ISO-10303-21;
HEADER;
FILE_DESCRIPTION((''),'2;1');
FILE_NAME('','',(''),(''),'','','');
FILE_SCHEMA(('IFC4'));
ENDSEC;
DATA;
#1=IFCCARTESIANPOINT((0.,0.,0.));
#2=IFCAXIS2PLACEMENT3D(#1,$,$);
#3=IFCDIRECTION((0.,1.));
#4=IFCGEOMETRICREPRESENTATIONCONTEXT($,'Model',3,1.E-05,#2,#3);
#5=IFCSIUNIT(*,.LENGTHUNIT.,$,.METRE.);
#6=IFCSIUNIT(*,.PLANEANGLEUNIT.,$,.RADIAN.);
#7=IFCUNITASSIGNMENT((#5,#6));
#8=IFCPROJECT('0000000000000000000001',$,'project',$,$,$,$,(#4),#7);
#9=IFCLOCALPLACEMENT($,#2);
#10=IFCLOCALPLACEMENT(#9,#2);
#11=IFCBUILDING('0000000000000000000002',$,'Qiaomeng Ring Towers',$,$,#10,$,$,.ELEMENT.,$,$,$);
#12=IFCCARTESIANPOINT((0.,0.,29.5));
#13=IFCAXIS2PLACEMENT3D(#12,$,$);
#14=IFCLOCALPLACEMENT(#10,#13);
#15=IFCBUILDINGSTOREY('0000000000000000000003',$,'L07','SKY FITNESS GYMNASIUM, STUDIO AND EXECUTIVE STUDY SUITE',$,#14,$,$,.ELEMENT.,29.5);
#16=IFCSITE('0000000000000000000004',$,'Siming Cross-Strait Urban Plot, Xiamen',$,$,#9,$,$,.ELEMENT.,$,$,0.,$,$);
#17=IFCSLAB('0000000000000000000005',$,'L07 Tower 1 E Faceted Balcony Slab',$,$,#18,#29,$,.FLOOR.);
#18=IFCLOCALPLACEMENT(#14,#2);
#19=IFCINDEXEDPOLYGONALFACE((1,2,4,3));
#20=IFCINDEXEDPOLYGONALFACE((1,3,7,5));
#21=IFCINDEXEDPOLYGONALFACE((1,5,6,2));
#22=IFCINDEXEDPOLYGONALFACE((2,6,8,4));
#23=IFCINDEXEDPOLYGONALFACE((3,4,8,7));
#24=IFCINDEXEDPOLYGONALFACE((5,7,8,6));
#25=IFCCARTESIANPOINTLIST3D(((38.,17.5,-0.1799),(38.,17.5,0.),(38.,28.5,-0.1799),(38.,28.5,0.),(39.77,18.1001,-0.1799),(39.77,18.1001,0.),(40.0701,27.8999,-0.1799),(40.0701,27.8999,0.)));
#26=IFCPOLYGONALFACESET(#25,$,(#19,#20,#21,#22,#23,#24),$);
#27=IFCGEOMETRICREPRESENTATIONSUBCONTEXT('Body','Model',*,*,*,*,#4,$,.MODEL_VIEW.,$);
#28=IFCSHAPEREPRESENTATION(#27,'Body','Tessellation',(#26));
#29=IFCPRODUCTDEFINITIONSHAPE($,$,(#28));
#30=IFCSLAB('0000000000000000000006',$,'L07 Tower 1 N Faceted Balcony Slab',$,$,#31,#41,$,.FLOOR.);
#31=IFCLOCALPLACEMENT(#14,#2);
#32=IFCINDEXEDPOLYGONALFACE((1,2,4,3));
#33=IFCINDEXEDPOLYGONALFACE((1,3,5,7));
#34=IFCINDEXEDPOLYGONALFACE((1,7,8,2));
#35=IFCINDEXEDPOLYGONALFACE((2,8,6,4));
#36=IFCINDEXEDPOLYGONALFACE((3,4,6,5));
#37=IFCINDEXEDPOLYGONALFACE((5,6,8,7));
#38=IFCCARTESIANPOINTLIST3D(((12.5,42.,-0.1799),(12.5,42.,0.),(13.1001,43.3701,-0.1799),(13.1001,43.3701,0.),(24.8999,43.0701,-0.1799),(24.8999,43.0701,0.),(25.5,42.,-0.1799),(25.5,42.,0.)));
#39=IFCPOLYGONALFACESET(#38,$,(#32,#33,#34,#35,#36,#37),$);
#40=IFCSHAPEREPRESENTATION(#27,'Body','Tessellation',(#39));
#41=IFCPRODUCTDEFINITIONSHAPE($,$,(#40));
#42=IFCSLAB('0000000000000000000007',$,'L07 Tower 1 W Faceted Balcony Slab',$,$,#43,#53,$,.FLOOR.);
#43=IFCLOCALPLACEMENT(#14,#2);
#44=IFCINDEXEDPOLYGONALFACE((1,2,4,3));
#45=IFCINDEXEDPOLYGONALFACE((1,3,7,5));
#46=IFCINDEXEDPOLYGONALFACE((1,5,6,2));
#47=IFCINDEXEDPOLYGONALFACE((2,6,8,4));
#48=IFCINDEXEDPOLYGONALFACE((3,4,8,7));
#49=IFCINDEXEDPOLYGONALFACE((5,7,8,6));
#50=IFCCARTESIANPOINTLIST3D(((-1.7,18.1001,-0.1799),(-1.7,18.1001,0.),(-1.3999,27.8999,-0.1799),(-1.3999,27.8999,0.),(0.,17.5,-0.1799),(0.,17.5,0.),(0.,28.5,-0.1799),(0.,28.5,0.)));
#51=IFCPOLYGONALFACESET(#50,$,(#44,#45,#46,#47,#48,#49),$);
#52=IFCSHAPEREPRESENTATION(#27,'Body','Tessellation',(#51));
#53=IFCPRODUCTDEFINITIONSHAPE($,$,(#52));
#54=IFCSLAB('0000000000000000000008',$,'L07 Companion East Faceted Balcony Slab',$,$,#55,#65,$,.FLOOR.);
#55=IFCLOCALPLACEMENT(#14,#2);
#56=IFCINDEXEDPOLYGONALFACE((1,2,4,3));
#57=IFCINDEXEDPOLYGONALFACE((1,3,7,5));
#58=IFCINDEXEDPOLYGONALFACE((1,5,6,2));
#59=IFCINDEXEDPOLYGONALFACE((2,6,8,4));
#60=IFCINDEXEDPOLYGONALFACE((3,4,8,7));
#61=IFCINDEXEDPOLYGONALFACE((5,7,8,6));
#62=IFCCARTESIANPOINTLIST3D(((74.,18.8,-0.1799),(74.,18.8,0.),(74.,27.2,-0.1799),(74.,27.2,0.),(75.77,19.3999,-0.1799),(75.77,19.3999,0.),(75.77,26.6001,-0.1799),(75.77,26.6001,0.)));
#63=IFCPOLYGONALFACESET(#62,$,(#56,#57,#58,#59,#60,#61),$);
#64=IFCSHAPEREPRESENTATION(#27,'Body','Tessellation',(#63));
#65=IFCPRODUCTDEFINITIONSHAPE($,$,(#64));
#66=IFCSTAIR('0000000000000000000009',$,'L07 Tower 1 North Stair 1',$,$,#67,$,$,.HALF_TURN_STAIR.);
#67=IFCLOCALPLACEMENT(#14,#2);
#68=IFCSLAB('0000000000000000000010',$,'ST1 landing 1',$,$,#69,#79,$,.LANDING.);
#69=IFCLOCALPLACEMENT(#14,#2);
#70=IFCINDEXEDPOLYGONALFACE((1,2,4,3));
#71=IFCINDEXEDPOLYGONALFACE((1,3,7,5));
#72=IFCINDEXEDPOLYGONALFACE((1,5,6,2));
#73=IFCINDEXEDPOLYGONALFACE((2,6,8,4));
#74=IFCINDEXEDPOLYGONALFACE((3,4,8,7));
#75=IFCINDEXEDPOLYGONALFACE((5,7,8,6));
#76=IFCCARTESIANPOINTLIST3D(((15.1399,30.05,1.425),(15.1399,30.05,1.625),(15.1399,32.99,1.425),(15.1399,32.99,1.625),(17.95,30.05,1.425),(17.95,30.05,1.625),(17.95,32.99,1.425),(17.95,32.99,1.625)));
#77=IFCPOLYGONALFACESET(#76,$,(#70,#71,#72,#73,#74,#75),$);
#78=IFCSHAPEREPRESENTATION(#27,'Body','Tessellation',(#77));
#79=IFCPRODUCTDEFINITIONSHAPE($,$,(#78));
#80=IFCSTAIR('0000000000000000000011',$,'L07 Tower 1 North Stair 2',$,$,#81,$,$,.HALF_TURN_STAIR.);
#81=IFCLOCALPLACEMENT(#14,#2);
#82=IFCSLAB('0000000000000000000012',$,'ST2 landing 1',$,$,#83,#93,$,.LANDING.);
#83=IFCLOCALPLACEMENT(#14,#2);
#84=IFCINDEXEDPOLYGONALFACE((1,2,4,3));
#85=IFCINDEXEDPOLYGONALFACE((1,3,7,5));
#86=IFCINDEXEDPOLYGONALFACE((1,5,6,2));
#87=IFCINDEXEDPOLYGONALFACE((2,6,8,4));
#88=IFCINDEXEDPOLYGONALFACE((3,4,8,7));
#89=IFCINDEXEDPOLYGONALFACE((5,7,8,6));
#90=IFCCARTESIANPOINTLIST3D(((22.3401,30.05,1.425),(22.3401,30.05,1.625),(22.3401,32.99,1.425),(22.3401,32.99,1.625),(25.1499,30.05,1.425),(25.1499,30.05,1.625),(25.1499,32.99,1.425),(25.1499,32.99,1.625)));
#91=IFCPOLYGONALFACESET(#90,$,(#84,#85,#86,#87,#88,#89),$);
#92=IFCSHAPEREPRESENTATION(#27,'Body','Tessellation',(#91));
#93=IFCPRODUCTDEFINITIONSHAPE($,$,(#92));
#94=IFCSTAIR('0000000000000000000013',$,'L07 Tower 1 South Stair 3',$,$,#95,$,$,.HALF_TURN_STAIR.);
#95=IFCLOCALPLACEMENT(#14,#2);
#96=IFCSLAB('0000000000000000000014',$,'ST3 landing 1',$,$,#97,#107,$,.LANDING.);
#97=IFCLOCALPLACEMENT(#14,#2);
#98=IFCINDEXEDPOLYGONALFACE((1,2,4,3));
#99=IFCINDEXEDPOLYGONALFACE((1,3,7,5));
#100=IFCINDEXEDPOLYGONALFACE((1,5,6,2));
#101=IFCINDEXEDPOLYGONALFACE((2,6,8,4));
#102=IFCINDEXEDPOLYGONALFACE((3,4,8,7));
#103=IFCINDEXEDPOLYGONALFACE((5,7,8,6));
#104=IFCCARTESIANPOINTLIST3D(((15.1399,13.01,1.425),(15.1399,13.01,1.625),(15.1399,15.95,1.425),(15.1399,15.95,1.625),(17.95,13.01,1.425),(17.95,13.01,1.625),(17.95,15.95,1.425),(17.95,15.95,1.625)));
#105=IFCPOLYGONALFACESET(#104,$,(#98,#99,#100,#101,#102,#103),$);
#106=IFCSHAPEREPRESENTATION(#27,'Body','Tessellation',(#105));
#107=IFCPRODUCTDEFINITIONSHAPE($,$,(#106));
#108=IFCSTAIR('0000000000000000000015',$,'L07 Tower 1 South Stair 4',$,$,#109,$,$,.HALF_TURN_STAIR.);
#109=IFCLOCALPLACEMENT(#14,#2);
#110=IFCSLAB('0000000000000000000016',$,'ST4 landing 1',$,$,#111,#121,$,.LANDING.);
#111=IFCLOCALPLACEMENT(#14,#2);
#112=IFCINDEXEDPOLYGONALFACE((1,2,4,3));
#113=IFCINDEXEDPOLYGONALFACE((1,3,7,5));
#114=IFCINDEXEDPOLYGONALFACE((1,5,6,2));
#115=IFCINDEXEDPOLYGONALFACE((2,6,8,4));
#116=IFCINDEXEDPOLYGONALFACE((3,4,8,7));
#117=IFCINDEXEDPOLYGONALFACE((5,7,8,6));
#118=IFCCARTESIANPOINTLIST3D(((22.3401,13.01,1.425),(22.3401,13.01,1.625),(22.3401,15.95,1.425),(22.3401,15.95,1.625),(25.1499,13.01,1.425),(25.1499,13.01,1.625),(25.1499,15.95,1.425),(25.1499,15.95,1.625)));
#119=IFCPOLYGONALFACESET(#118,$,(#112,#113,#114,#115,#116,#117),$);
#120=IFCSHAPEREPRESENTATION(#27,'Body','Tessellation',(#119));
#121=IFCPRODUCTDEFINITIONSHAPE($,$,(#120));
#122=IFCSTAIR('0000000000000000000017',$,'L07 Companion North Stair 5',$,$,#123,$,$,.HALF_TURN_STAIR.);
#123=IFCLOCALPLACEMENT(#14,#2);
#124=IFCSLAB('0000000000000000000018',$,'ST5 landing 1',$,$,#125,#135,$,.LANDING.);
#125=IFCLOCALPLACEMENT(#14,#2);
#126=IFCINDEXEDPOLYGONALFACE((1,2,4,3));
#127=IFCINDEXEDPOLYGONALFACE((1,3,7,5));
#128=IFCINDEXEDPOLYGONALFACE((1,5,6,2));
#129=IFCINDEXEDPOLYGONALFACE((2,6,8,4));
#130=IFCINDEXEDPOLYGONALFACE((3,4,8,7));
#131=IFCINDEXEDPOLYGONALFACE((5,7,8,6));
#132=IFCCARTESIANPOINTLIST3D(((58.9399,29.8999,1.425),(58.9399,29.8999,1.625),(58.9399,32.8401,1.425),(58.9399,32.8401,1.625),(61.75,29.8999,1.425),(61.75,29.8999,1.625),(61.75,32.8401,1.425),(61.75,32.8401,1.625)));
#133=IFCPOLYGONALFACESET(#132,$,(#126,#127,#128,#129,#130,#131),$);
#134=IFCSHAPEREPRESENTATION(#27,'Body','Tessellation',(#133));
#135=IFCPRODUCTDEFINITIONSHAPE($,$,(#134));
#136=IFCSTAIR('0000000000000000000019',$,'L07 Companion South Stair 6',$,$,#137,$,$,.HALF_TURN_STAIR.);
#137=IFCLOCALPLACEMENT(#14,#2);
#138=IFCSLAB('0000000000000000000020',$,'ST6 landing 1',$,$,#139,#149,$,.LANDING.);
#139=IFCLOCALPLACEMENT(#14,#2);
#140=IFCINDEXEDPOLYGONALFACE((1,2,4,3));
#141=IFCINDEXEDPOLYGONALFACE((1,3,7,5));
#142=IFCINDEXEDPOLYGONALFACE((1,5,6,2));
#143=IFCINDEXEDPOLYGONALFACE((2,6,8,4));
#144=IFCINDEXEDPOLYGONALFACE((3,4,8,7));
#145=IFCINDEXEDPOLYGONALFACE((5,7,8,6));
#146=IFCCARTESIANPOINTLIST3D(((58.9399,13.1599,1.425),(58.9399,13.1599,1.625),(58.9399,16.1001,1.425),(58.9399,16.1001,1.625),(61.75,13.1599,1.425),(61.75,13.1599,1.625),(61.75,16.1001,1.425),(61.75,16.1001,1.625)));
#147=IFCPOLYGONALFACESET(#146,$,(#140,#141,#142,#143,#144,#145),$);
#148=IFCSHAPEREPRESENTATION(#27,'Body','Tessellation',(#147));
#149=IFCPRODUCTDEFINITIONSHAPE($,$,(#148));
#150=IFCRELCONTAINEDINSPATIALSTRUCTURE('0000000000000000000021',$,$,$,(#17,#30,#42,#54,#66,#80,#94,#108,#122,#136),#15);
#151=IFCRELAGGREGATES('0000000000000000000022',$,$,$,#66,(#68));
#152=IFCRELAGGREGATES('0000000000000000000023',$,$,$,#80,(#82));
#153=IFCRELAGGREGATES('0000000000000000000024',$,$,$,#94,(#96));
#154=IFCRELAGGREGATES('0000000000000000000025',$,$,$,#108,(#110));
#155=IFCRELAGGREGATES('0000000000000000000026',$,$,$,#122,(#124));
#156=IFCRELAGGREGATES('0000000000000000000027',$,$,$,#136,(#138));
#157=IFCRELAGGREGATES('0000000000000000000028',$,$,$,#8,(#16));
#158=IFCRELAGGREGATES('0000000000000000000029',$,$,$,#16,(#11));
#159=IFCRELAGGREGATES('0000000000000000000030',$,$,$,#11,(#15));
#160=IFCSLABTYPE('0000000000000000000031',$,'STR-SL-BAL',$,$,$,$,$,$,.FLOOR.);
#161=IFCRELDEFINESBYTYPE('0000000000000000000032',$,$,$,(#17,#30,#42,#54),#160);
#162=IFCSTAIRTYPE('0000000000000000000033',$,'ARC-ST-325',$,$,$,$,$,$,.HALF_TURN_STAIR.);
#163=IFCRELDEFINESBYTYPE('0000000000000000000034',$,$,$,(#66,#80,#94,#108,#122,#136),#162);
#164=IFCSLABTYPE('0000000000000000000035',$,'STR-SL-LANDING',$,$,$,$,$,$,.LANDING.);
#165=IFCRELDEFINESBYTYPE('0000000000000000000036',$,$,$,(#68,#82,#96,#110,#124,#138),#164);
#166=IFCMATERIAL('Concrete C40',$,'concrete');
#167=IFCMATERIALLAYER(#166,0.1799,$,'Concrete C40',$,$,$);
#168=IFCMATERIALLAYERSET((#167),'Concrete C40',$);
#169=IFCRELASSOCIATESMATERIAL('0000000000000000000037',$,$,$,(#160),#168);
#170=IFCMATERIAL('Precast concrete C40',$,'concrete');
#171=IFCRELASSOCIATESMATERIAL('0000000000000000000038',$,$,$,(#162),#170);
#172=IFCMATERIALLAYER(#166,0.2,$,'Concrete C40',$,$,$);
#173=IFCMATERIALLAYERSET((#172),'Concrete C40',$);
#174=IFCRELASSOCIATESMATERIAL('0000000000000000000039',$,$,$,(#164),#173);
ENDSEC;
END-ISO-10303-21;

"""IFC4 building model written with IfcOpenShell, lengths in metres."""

from ifc_helpers import new_model, si_unit, direction, frame, origin, place, context, subcontext, project, spatial, polyline, outline, extrude, material, layer, layer_set, type_object, element, aggregate, save


model = new_model("IFC4")

# Units and contexts
model_context = context("Model", 3, precision=1e-05, world=origin(), true_north=direction((0.0, 1.0)))
body_context = subcontext(model_context, "Body", "Model", "MODEL_VIEW")
ifc_project = project(units=[si_unit("LENGTHUNIT", "METRE"), si_unit("PLANEANGLEUNIT", "RADIAN")], contexts=[model_context])

# Site, building, storey
site_placement = place(None, origin())
site = spatial("IfcSite", under=ifc_project, at=site_placement, Name="Siming Cross-Strait Urban Plot, Xiamen", CompositionType="ELEMENT", RefElevation=0.0)
building_placement = place(site_placement, origin())
building = spatial("IfcBuilding", under=site, at=building_placement, Name="Qiaomeng Ring Towers", CompositionType="ELEMENT")
storey_placement = place(building_placement, frame((0.0, 0.0, 29.5)))
storey = spatial("IfcBuildingStorey", under=building, at=storey_placement, Name="L07", Description="SKY FITNESS GYMNASIUM, STUDIO AND EXECUTIVE STUDY SUITE", CompositionType="ELEMENT", Elevation=29.5)

# Slabs
ifc_material_1 = material(Name="Concrete C40", Category="concrete")
ifc_layer_1 = layer(ifc_material_1, 0.1799, Name="Concrete C40")
ifc_layer_set_1 = layer_set([ifc_layer_1], Name="Concrete C40")
slab_type_1 = type_object("IfcSlabType", Name="STR-SL-BAL", PredefinedType="FLOOR", material=ifc_layer_set_1)
slab_1_placement = place(storey_placement, frame((0.0, 0.0, -0.1799)))
element("IfcSlab", 1, at=slab_1_placement, inside=storey, type_object=slab_type_1, Name="L07 Tower 1 E Faceted Balcony Slab", PredefinedType="FLOOR", context=body_context, shape_type="SweptSolid", body=[
    extrude(outline(polyline([(40.0701, 27.8999), (39.77, 18.1001), (38.0, 17.5), (38.0, 28.5), (40.0701, 27.8999)])), origin(), (0.0, 0.0, 1.0), 0.1799),
])
slab_2_placement = place(storey_placement, frame((0.0, 0.0, -0.1799)))
element("IfcSlab", 2, at=slab_2_placement, inside=storey, type_object=slab_type_1, Name="L07 Tower 1 N Faceted Balcony Slab", PredefinedType="FLOOR", context=body_context, shape_type="SweptSolid", body=[
    extrude(outline(polyline([(12.5, 42.0), (13.1001, 43.3701), (24.8999, 43.0701), (25.5, 42.0), (12.5, 42.0)])), origin(), (0.0, 0.0, 1.0), 0.1799),
])
slab_3_placement = place(storey_placement, frame((0.0, 0.0, -0.1799)))
element("IfcSlab", 3, at=slab_3_placement, inside=storey, type_object=slab_type_1, Name="L07 Tower 1 W Faceted Balcony Slab", PredefinedType="FLOOR", context=body_context, shape_type="SweptSolid", body=[
    extrude(outline(polyline([(0.0, 17.5), (-1.7, 18.1001), (-1.3999, 27.8999), (0.0, 28.5), (0.0, 17.5)])), origin(), (0.0, 0.0, 1.0), 0.1799),
])
slab_4_placement = place(storey_placement, frame((0.0, 0.0, -0.1799)))
element("IfcSlab", 4, at=slab_4_placement, inside=storey, type_object=slab_type_1, Name="L07 Companion East Faceted Balcony Slab", PredefinedType="FLOOR", context=body_context, shape_type="SweptSolid", body=[
    extrude(outline(polyline([(75.77, 26.6001), (75.77, 19.3999), (74.0, 18.8), (74.0, 27.2), (75.77, 26.6001)])), origin(), (0.0, 0.0, 1.0), 0.1799),
])

# Stairs, slabs
ifc_material_2 = material(Name="Precast concrete C40", Category="concrete")
stair_type = type_object("IfcStairType", Name="ARC-ST-325", PredefinedType="HALF_TURN_STAIR", material=ifc_material_2)
stair_1_placement = place(storey_placement, origin())
stair_1 = element("IfcStair", 5, at=stair_1_placement, inside=storey, type_object=stair_type, Name="L07 Tower 1 North Stair 1", PredefinedType="HALF_TURN_STAIR")
ifc_layer_2 = layer(ifc_material_1, 0.2, Name="Concrete C40")
ifc_layer_set_2 = layer_set([ifc_layer_2], Name="Concrete C40")
slab_type_2 = type_object("IfcSlabType", Name="STR-SL-LANDING", PredefinedType="LANDING", material=ifc_layer_set_2)
slab_5_placement = place(storey_placement, frame((0.0, 0.0, 1.425)))
slab_5 = element("IfcSlab", 6, at=slab_5_placement, type_object=slab_type_2, Name="ST1 landing 1", PredefinedType="LANDING", context=body_context, shape_type="SweptSolid", body=[
    extrude(outline(polyline([(15.1399, 30.05), (17.95, 30.05), (17.95, 32.99), (15.1399, 32.99), (15.1399, 30.05)])), origin(), (0.0, 0.0, 1.0), 0.2),
])
aggregate(stair_1, [slab_5])
stair_2_placement = place(storey_placement, origin())
stair_2 = element("IfcStair", 7, at=stair_2_placement, inside=storey, type_object=stair_type, Name="L07 Tower 1 North Stair 2", PredefinedType="HALF_TURN_STAIR")
slab_6_placement = place(storey_placement, frame((0.0, 0.0, 1.425)))
slab_6 = element("IfcSlab", 8, at=slab_6_placement, type_object=slab_type_2, Name="ST2 landing 1", PredefinedType="LANDING", context=body_context, shape_type="SweptSolid", body=[
    extrude(outline(polyline([(22.3401, 30.05), (25.1499, 30.05), (25.1499, 32.99), (22.3401, 32.99), (22.3401, 30.05)])), origin(), (0.0, 0.0, 1.0), 0.2),
])
aggregate(stair_2, [slab_6])
stair_3_placement = place(storey_placement, origin())
stair_3 = element("IfcStair", 9, at=stair_3_placement, inside=storey, type_object=stair_type, Name="L07 Tower 1 South Stair 3", PredefinedType="HALF_TURN_STAIR")
slab_7_placement = place(storey_placement, frame((0.0, 0.0, 1.425)))
slab_7 = element("IfcSlab", 10, at=slab_7_placement, type_object=slab_type_2, Name="ST3 landing 1", PredefinedType="LANDING", context=body_context, shape_type="SweptSolid", body=[
    extrude(outline(polyline([(15.1399, 13.01), (17.95, 13.01), (17.95, 15.95), (15.1399, 15.95), (15.1399, 13.01)])), origin(), (0.0, 0.0, 1.0), 0.2),
])
aggregate(stair_3, [slab_7])
stair_4_placement = place(storey_placement, origin())
stair_4 = element("IfcStair", 11, at=stair_4_placement, inside=storey, type_object=stair_type, Name="L07 Tower 1 South Stair 4", PredefinedType="HALF_TURN_STAIR")
slab_8_placement = place(storey_placement, frame((0.0, 0.0, 1.425)))
slab_8 = element("IfcSlab", 12, at=slab_8_placement, type_object=slab_type_2, Name="ST4 landing 1", PredefinedType="LANDING", context=body_context, shape_type="SweptSolid", body=[
    extrude(outline(polyline([(22.3401, 13.01), (25.1499, 13.01), (25.1499, 15.95), (22.3401, 15.95), (22.3401, 13.01)])), origin(), (0.0, 0.0, 1.0), 0.2),
])
aggregate(stair_4, [slab_8])
stair_5_placement = place(storey_placement, origin())
stair_5 = element("IfcStair", 13, at=stair_5_placement, inside=storey, type_object=stair_type, Name="L07 Companion North Stair 5", PredefinedType="HALF_TURN_STAIR")
slab_9_placement = place(storey_placement, frame((0.0, 0.0, 1.425)))
slab_9 = element("IfcSlab", 14, at=slab_9_placement, type_object=slab_type_2, Name="ST5 landing 1", PredefinedType="LANDING", context=body_context, shape_type="SweptSolid", body=[
    extrude(outline(polyline([(58.9399, 29.8999), (61.75, 29.8999), (61.75, 32.8401), (58.9399, 32.8401), (58.9399, 29.8999)])), origin(), (0.0, 0.0, 1.0), 0.2),
])
aggregate(stair_5, [slab_9])
stair_6_placement = place(storey_placement, origin())
stair_6 = element("IfcStair", 15, at=stair_6_placement, inside=storey, type_object=stair_type, Name="L07 Companion South Stair 6", PredefinedType="HALF_TURN_STAIR")
slab_10_placement = place(storey_placement, frame((0.0, 0.0, 1.425)))
slab_10 = element("IfcSlab", 16, at=slab_10_placement, type_object=slab_type_2, Name="ST6 landing 1", PredefinedType="LANDING", context=body_context, shape_type="SweptSolid", body=[
    extrude(outline(polyline([(58.9399, 13.1599), (61.75, 13.1599), (61.75, 16.1001), (58.9399, 16.1001), (58.9399, 13.1599)])), origin(), (0.0, 0.0, 1.0), 0.2),
])
aggregate(stair_6, [slab_10])

save(model, "model.ifc")
